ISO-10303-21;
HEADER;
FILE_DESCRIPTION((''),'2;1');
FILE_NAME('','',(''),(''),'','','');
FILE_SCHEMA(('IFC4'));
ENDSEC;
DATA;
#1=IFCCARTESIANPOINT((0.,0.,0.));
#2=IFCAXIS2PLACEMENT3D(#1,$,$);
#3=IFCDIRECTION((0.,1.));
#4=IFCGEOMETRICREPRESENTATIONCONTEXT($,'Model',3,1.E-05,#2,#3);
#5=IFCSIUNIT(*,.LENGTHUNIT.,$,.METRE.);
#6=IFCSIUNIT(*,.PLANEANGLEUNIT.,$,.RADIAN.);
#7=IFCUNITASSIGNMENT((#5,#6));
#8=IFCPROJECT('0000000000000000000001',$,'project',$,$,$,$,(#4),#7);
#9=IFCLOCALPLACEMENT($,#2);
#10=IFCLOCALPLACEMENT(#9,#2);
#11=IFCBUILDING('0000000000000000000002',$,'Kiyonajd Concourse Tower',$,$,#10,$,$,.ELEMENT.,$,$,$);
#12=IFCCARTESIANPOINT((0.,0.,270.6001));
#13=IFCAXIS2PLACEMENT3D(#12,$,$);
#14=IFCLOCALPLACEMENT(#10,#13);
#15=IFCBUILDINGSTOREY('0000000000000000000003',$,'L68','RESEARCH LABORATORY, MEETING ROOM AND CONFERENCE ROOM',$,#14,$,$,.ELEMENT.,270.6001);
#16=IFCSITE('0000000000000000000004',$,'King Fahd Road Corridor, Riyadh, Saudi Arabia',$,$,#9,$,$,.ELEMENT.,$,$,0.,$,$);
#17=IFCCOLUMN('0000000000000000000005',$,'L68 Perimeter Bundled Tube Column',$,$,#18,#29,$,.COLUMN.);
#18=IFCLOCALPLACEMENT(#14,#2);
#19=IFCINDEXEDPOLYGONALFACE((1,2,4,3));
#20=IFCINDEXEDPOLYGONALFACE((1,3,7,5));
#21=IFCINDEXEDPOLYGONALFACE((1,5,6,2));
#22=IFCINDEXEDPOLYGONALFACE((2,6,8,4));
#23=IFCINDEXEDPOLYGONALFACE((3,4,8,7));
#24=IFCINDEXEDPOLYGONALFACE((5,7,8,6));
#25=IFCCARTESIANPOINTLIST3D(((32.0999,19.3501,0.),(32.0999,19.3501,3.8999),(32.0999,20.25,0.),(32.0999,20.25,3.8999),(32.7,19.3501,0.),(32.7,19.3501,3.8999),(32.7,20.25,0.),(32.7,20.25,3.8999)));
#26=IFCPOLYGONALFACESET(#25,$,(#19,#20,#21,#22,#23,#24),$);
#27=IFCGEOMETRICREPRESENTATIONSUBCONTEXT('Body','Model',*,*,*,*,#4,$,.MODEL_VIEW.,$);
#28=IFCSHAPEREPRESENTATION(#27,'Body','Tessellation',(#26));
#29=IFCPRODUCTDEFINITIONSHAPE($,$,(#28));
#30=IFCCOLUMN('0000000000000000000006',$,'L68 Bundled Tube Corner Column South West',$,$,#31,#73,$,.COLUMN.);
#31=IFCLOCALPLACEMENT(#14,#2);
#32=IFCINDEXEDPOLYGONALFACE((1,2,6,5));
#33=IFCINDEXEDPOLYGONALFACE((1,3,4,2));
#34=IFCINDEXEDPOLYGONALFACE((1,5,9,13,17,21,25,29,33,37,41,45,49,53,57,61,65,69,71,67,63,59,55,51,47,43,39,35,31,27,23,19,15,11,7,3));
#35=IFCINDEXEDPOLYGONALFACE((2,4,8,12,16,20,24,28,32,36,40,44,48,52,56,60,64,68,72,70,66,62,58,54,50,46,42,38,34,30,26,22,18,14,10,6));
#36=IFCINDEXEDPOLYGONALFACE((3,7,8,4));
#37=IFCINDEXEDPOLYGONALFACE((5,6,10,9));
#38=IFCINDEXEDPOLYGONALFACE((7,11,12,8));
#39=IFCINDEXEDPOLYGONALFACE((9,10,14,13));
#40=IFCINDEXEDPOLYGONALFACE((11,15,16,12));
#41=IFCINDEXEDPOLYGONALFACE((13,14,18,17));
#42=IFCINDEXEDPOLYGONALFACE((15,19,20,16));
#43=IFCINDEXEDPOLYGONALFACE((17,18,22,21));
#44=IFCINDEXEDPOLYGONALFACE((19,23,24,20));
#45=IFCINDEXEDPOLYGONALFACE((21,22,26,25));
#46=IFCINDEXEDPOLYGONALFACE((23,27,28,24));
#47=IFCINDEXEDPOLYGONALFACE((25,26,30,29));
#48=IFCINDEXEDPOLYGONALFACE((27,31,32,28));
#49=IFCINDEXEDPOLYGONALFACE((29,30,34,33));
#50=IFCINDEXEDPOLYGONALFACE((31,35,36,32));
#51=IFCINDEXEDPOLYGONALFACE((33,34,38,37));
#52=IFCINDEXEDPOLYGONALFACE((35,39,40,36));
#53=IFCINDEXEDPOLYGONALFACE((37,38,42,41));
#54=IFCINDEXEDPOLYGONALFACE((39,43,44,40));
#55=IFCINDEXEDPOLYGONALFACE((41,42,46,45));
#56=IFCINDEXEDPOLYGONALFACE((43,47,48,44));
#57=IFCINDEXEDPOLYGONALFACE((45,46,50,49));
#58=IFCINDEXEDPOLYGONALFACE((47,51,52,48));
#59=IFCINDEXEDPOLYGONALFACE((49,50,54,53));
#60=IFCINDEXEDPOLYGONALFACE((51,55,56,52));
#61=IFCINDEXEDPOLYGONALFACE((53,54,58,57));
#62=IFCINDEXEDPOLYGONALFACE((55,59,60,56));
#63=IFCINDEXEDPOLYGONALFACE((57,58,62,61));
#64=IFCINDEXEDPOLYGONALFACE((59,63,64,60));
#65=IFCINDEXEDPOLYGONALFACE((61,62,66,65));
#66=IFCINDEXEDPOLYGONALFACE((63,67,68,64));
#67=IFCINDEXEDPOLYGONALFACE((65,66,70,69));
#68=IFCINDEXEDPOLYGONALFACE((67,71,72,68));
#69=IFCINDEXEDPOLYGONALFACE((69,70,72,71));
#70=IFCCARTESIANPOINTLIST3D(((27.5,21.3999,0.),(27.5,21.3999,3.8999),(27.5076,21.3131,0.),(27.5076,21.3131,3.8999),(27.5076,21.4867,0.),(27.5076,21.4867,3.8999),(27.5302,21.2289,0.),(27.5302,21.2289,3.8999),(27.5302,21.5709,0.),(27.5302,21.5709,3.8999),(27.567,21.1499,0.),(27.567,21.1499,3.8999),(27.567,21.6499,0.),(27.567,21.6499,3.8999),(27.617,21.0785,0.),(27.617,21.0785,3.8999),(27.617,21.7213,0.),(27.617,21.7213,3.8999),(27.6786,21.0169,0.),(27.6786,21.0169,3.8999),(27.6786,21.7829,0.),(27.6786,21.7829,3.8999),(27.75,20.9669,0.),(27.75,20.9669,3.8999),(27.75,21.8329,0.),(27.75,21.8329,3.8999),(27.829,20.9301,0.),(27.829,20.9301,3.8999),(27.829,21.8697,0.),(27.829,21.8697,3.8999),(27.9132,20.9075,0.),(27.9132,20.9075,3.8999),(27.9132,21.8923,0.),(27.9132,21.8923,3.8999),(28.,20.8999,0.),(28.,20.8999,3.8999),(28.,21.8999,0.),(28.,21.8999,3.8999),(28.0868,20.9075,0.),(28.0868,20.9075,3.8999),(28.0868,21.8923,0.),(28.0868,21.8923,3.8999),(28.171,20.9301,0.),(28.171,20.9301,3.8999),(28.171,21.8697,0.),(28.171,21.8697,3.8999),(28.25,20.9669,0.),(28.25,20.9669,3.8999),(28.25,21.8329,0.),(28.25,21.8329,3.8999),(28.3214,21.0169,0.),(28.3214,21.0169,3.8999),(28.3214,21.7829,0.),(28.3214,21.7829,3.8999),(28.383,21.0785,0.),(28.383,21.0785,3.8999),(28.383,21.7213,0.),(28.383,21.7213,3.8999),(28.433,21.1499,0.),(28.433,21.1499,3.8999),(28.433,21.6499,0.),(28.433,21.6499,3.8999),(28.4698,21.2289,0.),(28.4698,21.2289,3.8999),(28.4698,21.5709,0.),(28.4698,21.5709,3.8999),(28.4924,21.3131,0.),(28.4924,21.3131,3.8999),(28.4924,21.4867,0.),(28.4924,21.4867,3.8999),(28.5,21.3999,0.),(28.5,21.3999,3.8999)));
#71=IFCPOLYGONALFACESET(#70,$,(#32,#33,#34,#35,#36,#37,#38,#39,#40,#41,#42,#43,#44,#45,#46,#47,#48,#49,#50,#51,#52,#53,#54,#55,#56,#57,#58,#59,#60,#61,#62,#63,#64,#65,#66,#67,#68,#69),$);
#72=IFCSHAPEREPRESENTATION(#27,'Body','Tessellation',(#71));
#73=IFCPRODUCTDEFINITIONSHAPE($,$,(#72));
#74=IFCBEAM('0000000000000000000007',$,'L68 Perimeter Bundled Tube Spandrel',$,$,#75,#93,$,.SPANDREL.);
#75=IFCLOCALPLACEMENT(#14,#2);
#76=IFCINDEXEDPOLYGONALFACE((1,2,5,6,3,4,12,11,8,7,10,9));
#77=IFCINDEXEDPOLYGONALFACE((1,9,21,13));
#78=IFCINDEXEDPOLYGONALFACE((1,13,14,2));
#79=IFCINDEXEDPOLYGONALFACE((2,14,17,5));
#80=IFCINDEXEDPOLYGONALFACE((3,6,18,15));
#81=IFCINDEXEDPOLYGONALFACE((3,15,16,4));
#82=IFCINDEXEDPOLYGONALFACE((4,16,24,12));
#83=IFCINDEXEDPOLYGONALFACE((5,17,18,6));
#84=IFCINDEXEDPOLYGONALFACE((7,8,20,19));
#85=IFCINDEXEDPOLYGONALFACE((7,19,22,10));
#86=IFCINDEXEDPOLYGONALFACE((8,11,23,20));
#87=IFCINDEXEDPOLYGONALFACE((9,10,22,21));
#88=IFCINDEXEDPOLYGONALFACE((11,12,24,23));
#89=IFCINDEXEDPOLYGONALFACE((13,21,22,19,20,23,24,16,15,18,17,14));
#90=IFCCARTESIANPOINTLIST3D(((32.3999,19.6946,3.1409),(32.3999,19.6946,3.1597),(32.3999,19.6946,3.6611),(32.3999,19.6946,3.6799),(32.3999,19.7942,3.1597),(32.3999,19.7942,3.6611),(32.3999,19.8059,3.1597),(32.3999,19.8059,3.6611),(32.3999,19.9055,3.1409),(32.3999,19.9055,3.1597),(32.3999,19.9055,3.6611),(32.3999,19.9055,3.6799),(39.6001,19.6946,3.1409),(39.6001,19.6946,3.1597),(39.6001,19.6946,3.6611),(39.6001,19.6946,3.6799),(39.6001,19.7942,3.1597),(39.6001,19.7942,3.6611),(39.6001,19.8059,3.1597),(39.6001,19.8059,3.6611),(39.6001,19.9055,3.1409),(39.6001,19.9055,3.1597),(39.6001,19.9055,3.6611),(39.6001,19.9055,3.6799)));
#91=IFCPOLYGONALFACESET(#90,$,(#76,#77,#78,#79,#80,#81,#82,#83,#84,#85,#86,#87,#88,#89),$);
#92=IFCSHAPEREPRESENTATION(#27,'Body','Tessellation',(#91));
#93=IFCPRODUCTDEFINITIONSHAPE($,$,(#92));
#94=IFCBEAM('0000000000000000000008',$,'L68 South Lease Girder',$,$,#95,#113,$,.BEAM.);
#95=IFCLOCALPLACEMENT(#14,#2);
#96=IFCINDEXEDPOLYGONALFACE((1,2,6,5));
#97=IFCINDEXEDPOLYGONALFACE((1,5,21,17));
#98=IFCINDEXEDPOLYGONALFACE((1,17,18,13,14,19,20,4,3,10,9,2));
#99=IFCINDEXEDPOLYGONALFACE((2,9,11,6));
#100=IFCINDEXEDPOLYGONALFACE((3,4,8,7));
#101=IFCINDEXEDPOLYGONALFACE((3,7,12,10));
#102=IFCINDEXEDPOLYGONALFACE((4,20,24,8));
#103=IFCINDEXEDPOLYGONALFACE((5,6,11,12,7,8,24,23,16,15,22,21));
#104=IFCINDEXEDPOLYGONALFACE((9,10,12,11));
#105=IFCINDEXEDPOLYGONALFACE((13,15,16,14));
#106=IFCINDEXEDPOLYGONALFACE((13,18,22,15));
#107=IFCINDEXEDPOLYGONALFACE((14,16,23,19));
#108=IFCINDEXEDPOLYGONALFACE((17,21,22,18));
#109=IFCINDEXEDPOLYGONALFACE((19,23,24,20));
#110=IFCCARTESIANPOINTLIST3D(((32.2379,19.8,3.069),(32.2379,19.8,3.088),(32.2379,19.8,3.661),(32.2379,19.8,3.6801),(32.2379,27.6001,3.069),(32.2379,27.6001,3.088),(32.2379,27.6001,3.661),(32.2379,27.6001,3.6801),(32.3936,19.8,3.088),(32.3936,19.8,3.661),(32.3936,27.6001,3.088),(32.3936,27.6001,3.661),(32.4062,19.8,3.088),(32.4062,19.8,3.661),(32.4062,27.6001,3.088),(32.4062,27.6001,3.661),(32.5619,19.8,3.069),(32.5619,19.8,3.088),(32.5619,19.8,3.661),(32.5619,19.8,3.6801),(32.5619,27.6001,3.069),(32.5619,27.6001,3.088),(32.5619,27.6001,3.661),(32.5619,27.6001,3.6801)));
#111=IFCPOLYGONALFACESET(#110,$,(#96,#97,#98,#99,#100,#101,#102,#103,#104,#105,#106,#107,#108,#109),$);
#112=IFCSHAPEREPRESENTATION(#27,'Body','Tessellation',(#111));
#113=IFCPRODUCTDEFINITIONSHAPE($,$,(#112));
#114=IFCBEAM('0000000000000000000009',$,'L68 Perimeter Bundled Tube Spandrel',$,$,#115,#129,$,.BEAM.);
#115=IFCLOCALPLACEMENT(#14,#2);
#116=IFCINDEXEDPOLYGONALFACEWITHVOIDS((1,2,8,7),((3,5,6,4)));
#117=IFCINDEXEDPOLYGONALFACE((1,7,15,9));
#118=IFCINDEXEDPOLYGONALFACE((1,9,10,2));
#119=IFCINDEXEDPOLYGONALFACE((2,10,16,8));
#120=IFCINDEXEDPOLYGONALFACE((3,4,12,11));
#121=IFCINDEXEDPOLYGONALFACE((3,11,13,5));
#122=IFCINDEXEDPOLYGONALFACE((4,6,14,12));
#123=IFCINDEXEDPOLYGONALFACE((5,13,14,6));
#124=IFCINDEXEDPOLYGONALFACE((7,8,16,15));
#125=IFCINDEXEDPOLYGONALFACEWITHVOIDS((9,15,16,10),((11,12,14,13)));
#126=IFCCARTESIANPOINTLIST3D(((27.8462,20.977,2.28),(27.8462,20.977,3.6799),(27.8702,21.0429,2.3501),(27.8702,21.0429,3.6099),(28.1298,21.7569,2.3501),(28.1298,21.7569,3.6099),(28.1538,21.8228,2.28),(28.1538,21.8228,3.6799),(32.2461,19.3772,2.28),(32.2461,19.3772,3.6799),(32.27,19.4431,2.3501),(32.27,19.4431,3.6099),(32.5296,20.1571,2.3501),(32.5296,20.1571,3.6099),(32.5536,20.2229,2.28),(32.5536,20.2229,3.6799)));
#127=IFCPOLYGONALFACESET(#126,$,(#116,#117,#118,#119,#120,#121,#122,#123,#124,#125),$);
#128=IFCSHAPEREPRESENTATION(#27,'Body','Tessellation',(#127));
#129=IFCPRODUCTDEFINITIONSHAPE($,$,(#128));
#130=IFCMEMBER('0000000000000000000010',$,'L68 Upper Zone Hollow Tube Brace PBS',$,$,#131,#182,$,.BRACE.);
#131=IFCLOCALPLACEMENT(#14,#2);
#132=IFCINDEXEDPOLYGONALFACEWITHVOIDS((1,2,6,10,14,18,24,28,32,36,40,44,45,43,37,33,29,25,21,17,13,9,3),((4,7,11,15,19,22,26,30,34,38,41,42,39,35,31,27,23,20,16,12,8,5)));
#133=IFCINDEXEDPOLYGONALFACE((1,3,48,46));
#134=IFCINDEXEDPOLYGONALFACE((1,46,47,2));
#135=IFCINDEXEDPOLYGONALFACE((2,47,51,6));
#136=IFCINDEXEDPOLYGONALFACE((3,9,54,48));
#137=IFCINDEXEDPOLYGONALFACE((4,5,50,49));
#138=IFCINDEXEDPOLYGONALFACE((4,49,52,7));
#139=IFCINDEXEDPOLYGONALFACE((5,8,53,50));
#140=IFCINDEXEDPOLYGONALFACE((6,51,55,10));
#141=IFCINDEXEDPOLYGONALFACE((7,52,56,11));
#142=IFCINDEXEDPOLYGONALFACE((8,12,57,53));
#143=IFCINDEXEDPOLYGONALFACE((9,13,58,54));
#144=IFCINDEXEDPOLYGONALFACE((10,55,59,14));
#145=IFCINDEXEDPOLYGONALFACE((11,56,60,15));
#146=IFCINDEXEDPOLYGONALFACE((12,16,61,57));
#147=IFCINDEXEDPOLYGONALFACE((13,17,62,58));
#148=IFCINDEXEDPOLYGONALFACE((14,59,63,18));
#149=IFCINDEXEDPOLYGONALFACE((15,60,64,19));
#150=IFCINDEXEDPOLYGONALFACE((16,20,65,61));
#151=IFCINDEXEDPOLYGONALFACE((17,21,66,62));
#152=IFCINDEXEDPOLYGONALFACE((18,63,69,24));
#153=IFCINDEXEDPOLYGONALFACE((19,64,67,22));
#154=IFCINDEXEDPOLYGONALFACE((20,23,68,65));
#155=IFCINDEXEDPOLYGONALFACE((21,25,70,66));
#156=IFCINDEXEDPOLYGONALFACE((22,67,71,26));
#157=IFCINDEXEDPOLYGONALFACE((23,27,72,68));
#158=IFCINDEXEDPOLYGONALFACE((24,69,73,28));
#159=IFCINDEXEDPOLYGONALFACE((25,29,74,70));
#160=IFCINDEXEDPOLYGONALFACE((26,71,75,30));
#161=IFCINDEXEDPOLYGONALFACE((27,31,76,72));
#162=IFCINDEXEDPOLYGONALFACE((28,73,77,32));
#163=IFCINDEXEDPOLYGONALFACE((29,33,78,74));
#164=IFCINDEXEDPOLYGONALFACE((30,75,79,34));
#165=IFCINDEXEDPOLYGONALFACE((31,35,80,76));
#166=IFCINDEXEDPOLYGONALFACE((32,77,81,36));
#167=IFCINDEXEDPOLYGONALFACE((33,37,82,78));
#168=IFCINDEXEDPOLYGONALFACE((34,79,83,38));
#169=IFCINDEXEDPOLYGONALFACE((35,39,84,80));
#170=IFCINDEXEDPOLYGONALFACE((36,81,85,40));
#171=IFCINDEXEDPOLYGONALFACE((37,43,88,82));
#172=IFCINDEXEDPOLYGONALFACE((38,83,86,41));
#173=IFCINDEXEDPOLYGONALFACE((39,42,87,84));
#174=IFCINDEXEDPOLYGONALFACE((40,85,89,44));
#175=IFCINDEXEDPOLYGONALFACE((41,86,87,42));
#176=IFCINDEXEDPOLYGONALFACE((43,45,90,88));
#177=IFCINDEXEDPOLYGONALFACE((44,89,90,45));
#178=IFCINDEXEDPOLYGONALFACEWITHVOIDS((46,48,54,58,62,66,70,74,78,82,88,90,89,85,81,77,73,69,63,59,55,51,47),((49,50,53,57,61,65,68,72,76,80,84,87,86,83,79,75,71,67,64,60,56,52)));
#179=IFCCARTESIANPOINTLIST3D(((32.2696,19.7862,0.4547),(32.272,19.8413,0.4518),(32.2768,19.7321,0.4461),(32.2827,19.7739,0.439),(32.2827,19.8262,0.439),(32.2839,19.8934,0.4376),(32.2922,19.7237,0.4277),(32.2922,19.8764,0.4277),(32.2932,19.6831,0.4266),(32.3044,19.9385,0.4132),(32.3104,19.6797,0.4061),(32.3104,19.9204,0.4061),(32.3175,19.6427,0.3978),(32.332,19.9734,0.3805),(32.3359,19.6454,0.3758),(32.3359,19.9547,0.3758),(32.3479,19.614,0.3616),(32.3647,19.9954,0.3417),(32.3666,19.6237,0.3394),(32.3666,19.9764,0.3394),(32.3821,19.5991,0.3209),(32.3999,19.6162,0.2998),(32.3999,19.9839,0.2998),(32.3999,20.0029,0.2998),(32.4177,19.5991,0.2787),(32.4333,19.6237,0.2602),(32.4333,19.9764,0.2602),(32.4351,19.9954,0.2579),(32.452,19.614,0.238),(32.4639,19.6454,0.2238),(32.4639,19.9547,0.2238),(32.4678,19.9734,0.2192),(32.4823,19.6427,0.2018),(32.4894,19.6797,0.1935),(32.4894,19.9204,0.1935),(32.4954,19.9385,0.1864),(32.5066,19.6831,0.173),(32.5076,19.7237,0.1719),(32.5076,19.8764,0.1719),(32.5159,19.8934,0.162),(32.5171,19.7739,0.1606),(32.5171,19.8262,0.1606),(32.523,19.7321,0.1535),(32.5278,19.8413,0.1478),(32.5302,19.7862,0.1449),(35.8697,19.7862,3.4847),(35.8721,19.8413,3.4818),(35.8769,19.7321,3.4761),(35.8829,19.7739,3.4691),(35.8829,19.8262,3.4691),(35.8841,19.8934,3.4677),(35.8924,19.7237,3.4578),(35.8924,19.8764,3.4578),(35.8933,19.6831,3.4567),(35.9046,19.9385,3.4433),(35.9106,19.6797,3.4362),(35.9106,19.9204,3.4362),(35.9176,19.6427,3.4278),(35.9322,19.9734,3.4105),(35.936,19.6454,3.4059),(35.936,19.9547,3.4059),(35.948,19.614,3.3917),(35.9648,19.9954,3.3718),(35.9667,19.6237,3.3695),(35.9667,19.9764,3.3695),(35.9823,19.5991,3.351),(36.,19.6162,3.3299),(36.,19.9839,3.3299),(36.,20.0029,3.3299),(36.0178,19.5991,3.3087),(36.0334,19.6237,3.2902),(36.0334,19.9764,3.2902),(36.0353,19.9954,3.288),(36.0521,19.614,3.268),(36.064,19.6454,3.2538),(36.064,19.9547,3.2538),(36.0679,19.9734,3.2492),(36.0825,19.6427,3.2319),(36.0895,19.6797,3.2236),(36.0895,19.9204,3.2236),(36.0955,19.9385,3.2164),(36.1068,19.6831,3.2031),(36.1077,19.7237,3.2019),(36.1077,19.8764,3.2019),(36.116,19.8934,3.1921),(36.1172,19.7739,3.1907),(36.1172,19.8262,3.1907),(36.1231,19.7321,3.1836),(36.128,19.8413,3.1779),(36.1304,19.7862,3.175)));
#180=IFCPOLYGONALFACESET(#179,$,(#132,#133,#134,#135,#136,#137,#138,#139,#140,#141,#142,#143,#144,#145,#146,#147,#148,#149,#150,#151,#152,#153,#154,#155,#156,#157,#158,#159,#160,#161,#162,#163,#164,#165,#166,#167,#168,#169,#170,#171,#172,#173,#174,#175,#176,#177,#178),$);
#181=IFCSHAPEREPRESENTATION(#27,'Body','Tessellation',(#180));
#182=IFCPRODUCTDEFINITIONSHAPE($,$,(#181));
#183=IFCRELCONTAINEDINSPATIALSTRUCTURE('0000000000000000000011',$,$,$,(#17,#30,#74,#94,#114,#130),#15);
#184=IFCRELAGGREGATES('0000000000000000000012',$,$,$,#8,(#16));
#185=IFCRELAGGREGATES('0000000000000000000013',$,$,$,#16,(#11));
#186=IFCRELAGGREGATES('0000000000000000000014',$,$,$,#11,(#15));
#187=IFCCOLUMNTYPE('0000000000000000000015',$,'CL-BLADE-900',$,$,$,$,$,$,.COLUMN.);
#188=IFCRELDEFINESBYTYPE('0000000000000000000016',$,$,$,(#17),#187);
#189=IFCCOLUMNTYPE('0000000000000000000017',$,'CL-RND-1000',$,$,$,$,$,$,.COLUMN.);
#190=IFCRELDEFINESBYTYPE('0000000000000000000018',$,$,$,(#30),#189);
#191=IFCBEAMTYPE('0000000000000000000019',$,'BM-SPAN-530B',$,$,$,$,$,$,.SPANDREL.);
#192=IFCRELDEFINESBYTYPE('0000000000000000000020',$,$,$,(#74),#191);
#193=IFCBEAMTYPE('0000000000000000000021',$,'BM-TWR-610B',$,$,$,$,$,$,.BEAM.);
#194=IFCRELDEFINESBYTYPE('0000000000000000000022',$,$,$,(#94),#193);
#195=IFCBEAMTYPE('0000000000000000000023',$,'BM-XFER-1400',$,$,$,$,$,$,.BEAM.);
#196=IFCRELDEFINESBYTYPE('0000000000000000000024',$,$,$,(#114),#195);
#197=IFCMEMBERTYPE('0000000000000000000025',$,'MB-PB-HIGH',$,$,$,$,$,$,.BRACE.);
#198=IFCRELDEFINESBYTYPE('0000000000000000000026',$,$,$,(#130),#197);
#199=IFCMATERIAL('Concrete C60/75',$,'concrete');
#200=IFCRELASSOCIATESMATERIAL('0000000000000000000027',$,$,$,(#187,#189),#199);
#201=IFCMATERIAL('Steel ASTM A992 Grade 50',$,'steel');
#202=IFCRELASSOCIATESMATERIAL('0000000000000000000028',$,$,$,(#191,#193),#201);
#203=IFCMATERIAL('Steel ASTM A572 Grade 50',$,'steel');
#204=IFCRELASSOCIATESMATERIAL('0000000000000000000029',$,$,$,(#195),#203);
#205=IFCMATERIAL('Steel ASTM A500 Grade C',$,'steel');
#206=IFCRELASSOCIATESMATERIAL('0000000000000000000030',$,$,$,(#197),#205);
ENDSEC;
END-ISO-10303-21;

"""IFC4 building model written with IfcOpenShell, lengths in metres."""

from ifc_helpers import new_model, si_unit, direction, frame, origin, origin_2d, place, context, subcontext, project, spatial, rectangle, hollow_rectangle, circle, hollow_circle, i_section, extrude, material, material_profile, profile_set, type_object, element, save


model = new_model("IFC4")

# Units and contexts
model_context = context("Model", 3, precision=1e-05, world=origin(), true_north=direction((0.0, 1.0)))
body_context = subcontext(model_context, "Body", "Model", "MODEL_VIEW")
ifc_project = project(units=[si_unit("LENGTHUNIT", "METRE"), si_unit("PLANEANGLEUNIT", "RADIAN")], contexts=[model_context])

# Site, building, storey
site_placement = place(None, origin())
site = spatial("IfcSite", under=ifc_project, at=site_placement, Name="King Fahd Road Corridor, Riyadh, Saudi Arabia", CompositionType="ELEMENT", RefElevation=0.0)
building_placement = place(site_placement, origin())
building = spatial("IfcBuilding", under=site, at=building_placement, Name="Kiyonajd Concourse Tower", CompositionType="ELEMENT")
storey_placement = place(building_placement, frame((0.0, 0.0, 270.6001)))
storey = spatial("IfcBuildingStorey", under=building, at=storey_placement, Name="L68", Description="RESEARCH LABORATORY, MEETING ROOM AND CONFERENCE ROOM", CompositionType="ELEMENT", Elevation=270.6001)

# Columns
ifc_material_1 = material(Name="Concrete C60/75", Category="concrete")
ifc_material_profile_1 = material_profile(ifc_material_1, rectangle(XDim=0.6001, YDim=0.8999, at=origin_2d()), Name="RC-900x600")
ifc_profile_set_1 = profile_set([ifc_material_profile_1], Name="Concrete C60/75")
column_type_1 = type_object("IfcColumnType", Name="CL-BLADE-900", PredefinedType="COLUMN", material=ifc_profile_set_1)
column_1_placement = place(storey_placement, frame((32.3999, 19.8, 0.0), z_axis=(0.0, 0.0, 1.0), x_axis=(1.0, 0.0, 0.0)))
element("IfcColumn", 1, at=column_1_placement, inside=storey, type_object=column_type_1, Name="L68 Perimeter Bundled Tube Column", PredefinedType="COLUMN", context=body_context, shape_type="SweptSolid", body=[
    extrude(rectangle(XDim=0.6001, YDim=0.8999, at=origin_2d()), origin(), (0.0, 0.0, 1.0), 3.8999),
])
ifc_material_profile_2 = material_profile(ifc_material_1, circle(Radius=0.5, at=origin_2d()), Name="RCC-D1000")
ifc_profile_set_2 = profile_set([ifc_material_profile_2], Name="Concrete C60/75")
column_type_2 = type_object("IfcColumnType", Name="CL-RND-1000", PredefinedType="COLUMN", material=ifc_profile_set_2)
column_2_placement = place(storey_placement, frame((28.0, 21.3999, 0.0), z_axis=(0.0, 0.0, 1.0), x_axis=(1.0, 0.0, 0.0)))
element("IfcColumn", 2, at=column_2_placement, inside=storey, type_object=column_type_2, Name="L68 Bundled Tube Corner Column South West", PredefinedType="COLUMN", context=body_context, shape_type="SweptSolid", body=[
    extrude(circle(Radius=0.5, at=origin_2d()), origin(), (0.0, 0.0, 1.0), 3.8999),
])

# Beams
ifc_material_2 = material(Name="Steel ASTM A992 Grade 50", Category="steel")
ifc_material_profile_3 = material_profile(ifc_material_2, i_section(OverallWidth=0.2109, OverallDepth=0.5391, WebThickness=0.0117, FlangeThickness=0.0188, at=origin_2d()), Name="W530X109")
ifc_profile_set_3 = profile_set([ifc_material_profile_3], Name="Steel ASTM A992 Grade 50")
beam_type_1 = type_object("IfcBeamType", Name="BM-SPAN-530B", PredefinedType="SPANDREL", material=ifc_profile_set_3)
beam_1_placement = place(storey_placement, frame((32.3999, 19.8, 3.4104), z_axis=(1.0, 0.0, 0.0), x_axis=(0.0, 1.0, 0.0)))
element("IfcBeam", 3, at=beam_1_placement, inside=storey, type_object=beam_type_1, Name="L68 Perimeter Bundled Tube Spandrel", PredefinedType="SPANDREL", context=body_context, shape_type="SweptSolid", body=[
    extrude(i_section(OverallWidth=0.2109, OverallDepth=0.5391, WebThickness=0.0117, FlangeThickness=0.0188, at=origin_2d()), origin(), (0.0, 0.0, 1.0), 7.2002),
])
ifc_material_profile_4 = material_profile(ifc_material_2, i_section(OverallWidth=0.324, OverallDepth=0.6111, WebThickness=0.0127, FlangeThickness=0.019, at=origin_2d()), Name="W610X155")
ifc_profile_set_4 = profile_set([ifc_material_profile_4], Name="Steel ASTM A992 Grade 50")
beam_type_2 = type_object("IfcBeamType", Name="BM-TWR-610B", PredefinedType="BEAM", material=ifc_profile_set_4)
beam_2_placement = place(storey_placement, frame((32.3999, 19.8, 3.3745), z_axis=(0.0, 1.0, 0.0), x_axis=(-1.0, 0.0, 0.0)))
element("IfcBeam", 4, at=beam_2_placement, inside=storey, type_object=beam_type_2, Name="L68 South Lease Girder", PredefinedType="BEAM", context=body_context, shape_type="SweptSolid", body=[
    extrude(i_section(OverallWidth=0.324, OverallDepth=0.6111, WebThickness=0.0127, FlangeThickness=0.019, at=origin_2d()), origin(), (0.0, 0.0, 1.0), 7.8),
])
ifc_material_3 = material(Name="Steel ASTM A572 Grade 50", Category="steel")
ifc_material_profile_5 = material_profile(ifc_material_3, hollow_rectangle(XDim=0.8999, YDim=1.3999, WallThickness=0.0701, at=origin_2d()), Name="BOX-1400x900x70")
ifc_profile_set_5 = profile_set([ifc_material_profile_5], Name="Steel ASTM A572 Grade 50")
beam_type_3 = type_object("IfcBeamType", Name="BM-XFER-1400", PredefinedType="BEAM", material=ifc_profile_set_5)
beam_3_placement = place(storey_placement, frame((28.0, 21.3999, 2.98), z_axis=(0.939801, -0.341722, 0.0), x_axis=(0.341722, 0.939801, 0.0)))
element("IfcBeam", 5, at=beam_3_placement, inside=storey, type_object=beam_type_3, Name="L68 Perimeter Bundled Tube Spandrel", PredefinedType="BEAM", context=body_context, shape_type="SweptSolid", body=[
    extrude(hollow_rectangle(XDim=0.8999, YDim=1.3999, WallThickness=0.0701, at=origin_2d()), origin(), (0.0, 0.0, 1.0), 4.6816),
])

# Member
ifc_material_4 = material(Name="Steel ASTM A500 Grade C", Category="steel")
ifc_material_profile_6 = material_profile(ifc_material_4, hollow_circle(Radius=0.2029, WallThickness=0.019, at=origin_2d()), Name="CHS-406x19")
ifc_profile_set_6 = profile_set([ifc_material_profile_6], Name="Steel ASTM A500 Grade C")
member_type = type_object("IfcMemberType", Name="MB-PB-HIGH", PredefinedType="BRACE", material=ifc_profile_set_6)
member_placement = place(storey_placement, frame((32.3999, 19.8, 0.2998), z_axis=(0.765082, 0.0, 0.643933), x_axis=(0.0, 1.0, 0.0)))
element("IfcMember", 6, at=member_placement, inside=storey, type_object=member_type, Name="L68 Upper Zone Hollow Tube Brace PBS", PredefinedType="BRACE", context=body_context, shape_type="SweptSolid", body=[
    extrude(hollow_circle(Radius=0.2029, WallThickness=0.019, at=origin_2d()), origin(), (0.0, 0.0, 1.0), 4.7056),
])

save(model, "model.ifc")
